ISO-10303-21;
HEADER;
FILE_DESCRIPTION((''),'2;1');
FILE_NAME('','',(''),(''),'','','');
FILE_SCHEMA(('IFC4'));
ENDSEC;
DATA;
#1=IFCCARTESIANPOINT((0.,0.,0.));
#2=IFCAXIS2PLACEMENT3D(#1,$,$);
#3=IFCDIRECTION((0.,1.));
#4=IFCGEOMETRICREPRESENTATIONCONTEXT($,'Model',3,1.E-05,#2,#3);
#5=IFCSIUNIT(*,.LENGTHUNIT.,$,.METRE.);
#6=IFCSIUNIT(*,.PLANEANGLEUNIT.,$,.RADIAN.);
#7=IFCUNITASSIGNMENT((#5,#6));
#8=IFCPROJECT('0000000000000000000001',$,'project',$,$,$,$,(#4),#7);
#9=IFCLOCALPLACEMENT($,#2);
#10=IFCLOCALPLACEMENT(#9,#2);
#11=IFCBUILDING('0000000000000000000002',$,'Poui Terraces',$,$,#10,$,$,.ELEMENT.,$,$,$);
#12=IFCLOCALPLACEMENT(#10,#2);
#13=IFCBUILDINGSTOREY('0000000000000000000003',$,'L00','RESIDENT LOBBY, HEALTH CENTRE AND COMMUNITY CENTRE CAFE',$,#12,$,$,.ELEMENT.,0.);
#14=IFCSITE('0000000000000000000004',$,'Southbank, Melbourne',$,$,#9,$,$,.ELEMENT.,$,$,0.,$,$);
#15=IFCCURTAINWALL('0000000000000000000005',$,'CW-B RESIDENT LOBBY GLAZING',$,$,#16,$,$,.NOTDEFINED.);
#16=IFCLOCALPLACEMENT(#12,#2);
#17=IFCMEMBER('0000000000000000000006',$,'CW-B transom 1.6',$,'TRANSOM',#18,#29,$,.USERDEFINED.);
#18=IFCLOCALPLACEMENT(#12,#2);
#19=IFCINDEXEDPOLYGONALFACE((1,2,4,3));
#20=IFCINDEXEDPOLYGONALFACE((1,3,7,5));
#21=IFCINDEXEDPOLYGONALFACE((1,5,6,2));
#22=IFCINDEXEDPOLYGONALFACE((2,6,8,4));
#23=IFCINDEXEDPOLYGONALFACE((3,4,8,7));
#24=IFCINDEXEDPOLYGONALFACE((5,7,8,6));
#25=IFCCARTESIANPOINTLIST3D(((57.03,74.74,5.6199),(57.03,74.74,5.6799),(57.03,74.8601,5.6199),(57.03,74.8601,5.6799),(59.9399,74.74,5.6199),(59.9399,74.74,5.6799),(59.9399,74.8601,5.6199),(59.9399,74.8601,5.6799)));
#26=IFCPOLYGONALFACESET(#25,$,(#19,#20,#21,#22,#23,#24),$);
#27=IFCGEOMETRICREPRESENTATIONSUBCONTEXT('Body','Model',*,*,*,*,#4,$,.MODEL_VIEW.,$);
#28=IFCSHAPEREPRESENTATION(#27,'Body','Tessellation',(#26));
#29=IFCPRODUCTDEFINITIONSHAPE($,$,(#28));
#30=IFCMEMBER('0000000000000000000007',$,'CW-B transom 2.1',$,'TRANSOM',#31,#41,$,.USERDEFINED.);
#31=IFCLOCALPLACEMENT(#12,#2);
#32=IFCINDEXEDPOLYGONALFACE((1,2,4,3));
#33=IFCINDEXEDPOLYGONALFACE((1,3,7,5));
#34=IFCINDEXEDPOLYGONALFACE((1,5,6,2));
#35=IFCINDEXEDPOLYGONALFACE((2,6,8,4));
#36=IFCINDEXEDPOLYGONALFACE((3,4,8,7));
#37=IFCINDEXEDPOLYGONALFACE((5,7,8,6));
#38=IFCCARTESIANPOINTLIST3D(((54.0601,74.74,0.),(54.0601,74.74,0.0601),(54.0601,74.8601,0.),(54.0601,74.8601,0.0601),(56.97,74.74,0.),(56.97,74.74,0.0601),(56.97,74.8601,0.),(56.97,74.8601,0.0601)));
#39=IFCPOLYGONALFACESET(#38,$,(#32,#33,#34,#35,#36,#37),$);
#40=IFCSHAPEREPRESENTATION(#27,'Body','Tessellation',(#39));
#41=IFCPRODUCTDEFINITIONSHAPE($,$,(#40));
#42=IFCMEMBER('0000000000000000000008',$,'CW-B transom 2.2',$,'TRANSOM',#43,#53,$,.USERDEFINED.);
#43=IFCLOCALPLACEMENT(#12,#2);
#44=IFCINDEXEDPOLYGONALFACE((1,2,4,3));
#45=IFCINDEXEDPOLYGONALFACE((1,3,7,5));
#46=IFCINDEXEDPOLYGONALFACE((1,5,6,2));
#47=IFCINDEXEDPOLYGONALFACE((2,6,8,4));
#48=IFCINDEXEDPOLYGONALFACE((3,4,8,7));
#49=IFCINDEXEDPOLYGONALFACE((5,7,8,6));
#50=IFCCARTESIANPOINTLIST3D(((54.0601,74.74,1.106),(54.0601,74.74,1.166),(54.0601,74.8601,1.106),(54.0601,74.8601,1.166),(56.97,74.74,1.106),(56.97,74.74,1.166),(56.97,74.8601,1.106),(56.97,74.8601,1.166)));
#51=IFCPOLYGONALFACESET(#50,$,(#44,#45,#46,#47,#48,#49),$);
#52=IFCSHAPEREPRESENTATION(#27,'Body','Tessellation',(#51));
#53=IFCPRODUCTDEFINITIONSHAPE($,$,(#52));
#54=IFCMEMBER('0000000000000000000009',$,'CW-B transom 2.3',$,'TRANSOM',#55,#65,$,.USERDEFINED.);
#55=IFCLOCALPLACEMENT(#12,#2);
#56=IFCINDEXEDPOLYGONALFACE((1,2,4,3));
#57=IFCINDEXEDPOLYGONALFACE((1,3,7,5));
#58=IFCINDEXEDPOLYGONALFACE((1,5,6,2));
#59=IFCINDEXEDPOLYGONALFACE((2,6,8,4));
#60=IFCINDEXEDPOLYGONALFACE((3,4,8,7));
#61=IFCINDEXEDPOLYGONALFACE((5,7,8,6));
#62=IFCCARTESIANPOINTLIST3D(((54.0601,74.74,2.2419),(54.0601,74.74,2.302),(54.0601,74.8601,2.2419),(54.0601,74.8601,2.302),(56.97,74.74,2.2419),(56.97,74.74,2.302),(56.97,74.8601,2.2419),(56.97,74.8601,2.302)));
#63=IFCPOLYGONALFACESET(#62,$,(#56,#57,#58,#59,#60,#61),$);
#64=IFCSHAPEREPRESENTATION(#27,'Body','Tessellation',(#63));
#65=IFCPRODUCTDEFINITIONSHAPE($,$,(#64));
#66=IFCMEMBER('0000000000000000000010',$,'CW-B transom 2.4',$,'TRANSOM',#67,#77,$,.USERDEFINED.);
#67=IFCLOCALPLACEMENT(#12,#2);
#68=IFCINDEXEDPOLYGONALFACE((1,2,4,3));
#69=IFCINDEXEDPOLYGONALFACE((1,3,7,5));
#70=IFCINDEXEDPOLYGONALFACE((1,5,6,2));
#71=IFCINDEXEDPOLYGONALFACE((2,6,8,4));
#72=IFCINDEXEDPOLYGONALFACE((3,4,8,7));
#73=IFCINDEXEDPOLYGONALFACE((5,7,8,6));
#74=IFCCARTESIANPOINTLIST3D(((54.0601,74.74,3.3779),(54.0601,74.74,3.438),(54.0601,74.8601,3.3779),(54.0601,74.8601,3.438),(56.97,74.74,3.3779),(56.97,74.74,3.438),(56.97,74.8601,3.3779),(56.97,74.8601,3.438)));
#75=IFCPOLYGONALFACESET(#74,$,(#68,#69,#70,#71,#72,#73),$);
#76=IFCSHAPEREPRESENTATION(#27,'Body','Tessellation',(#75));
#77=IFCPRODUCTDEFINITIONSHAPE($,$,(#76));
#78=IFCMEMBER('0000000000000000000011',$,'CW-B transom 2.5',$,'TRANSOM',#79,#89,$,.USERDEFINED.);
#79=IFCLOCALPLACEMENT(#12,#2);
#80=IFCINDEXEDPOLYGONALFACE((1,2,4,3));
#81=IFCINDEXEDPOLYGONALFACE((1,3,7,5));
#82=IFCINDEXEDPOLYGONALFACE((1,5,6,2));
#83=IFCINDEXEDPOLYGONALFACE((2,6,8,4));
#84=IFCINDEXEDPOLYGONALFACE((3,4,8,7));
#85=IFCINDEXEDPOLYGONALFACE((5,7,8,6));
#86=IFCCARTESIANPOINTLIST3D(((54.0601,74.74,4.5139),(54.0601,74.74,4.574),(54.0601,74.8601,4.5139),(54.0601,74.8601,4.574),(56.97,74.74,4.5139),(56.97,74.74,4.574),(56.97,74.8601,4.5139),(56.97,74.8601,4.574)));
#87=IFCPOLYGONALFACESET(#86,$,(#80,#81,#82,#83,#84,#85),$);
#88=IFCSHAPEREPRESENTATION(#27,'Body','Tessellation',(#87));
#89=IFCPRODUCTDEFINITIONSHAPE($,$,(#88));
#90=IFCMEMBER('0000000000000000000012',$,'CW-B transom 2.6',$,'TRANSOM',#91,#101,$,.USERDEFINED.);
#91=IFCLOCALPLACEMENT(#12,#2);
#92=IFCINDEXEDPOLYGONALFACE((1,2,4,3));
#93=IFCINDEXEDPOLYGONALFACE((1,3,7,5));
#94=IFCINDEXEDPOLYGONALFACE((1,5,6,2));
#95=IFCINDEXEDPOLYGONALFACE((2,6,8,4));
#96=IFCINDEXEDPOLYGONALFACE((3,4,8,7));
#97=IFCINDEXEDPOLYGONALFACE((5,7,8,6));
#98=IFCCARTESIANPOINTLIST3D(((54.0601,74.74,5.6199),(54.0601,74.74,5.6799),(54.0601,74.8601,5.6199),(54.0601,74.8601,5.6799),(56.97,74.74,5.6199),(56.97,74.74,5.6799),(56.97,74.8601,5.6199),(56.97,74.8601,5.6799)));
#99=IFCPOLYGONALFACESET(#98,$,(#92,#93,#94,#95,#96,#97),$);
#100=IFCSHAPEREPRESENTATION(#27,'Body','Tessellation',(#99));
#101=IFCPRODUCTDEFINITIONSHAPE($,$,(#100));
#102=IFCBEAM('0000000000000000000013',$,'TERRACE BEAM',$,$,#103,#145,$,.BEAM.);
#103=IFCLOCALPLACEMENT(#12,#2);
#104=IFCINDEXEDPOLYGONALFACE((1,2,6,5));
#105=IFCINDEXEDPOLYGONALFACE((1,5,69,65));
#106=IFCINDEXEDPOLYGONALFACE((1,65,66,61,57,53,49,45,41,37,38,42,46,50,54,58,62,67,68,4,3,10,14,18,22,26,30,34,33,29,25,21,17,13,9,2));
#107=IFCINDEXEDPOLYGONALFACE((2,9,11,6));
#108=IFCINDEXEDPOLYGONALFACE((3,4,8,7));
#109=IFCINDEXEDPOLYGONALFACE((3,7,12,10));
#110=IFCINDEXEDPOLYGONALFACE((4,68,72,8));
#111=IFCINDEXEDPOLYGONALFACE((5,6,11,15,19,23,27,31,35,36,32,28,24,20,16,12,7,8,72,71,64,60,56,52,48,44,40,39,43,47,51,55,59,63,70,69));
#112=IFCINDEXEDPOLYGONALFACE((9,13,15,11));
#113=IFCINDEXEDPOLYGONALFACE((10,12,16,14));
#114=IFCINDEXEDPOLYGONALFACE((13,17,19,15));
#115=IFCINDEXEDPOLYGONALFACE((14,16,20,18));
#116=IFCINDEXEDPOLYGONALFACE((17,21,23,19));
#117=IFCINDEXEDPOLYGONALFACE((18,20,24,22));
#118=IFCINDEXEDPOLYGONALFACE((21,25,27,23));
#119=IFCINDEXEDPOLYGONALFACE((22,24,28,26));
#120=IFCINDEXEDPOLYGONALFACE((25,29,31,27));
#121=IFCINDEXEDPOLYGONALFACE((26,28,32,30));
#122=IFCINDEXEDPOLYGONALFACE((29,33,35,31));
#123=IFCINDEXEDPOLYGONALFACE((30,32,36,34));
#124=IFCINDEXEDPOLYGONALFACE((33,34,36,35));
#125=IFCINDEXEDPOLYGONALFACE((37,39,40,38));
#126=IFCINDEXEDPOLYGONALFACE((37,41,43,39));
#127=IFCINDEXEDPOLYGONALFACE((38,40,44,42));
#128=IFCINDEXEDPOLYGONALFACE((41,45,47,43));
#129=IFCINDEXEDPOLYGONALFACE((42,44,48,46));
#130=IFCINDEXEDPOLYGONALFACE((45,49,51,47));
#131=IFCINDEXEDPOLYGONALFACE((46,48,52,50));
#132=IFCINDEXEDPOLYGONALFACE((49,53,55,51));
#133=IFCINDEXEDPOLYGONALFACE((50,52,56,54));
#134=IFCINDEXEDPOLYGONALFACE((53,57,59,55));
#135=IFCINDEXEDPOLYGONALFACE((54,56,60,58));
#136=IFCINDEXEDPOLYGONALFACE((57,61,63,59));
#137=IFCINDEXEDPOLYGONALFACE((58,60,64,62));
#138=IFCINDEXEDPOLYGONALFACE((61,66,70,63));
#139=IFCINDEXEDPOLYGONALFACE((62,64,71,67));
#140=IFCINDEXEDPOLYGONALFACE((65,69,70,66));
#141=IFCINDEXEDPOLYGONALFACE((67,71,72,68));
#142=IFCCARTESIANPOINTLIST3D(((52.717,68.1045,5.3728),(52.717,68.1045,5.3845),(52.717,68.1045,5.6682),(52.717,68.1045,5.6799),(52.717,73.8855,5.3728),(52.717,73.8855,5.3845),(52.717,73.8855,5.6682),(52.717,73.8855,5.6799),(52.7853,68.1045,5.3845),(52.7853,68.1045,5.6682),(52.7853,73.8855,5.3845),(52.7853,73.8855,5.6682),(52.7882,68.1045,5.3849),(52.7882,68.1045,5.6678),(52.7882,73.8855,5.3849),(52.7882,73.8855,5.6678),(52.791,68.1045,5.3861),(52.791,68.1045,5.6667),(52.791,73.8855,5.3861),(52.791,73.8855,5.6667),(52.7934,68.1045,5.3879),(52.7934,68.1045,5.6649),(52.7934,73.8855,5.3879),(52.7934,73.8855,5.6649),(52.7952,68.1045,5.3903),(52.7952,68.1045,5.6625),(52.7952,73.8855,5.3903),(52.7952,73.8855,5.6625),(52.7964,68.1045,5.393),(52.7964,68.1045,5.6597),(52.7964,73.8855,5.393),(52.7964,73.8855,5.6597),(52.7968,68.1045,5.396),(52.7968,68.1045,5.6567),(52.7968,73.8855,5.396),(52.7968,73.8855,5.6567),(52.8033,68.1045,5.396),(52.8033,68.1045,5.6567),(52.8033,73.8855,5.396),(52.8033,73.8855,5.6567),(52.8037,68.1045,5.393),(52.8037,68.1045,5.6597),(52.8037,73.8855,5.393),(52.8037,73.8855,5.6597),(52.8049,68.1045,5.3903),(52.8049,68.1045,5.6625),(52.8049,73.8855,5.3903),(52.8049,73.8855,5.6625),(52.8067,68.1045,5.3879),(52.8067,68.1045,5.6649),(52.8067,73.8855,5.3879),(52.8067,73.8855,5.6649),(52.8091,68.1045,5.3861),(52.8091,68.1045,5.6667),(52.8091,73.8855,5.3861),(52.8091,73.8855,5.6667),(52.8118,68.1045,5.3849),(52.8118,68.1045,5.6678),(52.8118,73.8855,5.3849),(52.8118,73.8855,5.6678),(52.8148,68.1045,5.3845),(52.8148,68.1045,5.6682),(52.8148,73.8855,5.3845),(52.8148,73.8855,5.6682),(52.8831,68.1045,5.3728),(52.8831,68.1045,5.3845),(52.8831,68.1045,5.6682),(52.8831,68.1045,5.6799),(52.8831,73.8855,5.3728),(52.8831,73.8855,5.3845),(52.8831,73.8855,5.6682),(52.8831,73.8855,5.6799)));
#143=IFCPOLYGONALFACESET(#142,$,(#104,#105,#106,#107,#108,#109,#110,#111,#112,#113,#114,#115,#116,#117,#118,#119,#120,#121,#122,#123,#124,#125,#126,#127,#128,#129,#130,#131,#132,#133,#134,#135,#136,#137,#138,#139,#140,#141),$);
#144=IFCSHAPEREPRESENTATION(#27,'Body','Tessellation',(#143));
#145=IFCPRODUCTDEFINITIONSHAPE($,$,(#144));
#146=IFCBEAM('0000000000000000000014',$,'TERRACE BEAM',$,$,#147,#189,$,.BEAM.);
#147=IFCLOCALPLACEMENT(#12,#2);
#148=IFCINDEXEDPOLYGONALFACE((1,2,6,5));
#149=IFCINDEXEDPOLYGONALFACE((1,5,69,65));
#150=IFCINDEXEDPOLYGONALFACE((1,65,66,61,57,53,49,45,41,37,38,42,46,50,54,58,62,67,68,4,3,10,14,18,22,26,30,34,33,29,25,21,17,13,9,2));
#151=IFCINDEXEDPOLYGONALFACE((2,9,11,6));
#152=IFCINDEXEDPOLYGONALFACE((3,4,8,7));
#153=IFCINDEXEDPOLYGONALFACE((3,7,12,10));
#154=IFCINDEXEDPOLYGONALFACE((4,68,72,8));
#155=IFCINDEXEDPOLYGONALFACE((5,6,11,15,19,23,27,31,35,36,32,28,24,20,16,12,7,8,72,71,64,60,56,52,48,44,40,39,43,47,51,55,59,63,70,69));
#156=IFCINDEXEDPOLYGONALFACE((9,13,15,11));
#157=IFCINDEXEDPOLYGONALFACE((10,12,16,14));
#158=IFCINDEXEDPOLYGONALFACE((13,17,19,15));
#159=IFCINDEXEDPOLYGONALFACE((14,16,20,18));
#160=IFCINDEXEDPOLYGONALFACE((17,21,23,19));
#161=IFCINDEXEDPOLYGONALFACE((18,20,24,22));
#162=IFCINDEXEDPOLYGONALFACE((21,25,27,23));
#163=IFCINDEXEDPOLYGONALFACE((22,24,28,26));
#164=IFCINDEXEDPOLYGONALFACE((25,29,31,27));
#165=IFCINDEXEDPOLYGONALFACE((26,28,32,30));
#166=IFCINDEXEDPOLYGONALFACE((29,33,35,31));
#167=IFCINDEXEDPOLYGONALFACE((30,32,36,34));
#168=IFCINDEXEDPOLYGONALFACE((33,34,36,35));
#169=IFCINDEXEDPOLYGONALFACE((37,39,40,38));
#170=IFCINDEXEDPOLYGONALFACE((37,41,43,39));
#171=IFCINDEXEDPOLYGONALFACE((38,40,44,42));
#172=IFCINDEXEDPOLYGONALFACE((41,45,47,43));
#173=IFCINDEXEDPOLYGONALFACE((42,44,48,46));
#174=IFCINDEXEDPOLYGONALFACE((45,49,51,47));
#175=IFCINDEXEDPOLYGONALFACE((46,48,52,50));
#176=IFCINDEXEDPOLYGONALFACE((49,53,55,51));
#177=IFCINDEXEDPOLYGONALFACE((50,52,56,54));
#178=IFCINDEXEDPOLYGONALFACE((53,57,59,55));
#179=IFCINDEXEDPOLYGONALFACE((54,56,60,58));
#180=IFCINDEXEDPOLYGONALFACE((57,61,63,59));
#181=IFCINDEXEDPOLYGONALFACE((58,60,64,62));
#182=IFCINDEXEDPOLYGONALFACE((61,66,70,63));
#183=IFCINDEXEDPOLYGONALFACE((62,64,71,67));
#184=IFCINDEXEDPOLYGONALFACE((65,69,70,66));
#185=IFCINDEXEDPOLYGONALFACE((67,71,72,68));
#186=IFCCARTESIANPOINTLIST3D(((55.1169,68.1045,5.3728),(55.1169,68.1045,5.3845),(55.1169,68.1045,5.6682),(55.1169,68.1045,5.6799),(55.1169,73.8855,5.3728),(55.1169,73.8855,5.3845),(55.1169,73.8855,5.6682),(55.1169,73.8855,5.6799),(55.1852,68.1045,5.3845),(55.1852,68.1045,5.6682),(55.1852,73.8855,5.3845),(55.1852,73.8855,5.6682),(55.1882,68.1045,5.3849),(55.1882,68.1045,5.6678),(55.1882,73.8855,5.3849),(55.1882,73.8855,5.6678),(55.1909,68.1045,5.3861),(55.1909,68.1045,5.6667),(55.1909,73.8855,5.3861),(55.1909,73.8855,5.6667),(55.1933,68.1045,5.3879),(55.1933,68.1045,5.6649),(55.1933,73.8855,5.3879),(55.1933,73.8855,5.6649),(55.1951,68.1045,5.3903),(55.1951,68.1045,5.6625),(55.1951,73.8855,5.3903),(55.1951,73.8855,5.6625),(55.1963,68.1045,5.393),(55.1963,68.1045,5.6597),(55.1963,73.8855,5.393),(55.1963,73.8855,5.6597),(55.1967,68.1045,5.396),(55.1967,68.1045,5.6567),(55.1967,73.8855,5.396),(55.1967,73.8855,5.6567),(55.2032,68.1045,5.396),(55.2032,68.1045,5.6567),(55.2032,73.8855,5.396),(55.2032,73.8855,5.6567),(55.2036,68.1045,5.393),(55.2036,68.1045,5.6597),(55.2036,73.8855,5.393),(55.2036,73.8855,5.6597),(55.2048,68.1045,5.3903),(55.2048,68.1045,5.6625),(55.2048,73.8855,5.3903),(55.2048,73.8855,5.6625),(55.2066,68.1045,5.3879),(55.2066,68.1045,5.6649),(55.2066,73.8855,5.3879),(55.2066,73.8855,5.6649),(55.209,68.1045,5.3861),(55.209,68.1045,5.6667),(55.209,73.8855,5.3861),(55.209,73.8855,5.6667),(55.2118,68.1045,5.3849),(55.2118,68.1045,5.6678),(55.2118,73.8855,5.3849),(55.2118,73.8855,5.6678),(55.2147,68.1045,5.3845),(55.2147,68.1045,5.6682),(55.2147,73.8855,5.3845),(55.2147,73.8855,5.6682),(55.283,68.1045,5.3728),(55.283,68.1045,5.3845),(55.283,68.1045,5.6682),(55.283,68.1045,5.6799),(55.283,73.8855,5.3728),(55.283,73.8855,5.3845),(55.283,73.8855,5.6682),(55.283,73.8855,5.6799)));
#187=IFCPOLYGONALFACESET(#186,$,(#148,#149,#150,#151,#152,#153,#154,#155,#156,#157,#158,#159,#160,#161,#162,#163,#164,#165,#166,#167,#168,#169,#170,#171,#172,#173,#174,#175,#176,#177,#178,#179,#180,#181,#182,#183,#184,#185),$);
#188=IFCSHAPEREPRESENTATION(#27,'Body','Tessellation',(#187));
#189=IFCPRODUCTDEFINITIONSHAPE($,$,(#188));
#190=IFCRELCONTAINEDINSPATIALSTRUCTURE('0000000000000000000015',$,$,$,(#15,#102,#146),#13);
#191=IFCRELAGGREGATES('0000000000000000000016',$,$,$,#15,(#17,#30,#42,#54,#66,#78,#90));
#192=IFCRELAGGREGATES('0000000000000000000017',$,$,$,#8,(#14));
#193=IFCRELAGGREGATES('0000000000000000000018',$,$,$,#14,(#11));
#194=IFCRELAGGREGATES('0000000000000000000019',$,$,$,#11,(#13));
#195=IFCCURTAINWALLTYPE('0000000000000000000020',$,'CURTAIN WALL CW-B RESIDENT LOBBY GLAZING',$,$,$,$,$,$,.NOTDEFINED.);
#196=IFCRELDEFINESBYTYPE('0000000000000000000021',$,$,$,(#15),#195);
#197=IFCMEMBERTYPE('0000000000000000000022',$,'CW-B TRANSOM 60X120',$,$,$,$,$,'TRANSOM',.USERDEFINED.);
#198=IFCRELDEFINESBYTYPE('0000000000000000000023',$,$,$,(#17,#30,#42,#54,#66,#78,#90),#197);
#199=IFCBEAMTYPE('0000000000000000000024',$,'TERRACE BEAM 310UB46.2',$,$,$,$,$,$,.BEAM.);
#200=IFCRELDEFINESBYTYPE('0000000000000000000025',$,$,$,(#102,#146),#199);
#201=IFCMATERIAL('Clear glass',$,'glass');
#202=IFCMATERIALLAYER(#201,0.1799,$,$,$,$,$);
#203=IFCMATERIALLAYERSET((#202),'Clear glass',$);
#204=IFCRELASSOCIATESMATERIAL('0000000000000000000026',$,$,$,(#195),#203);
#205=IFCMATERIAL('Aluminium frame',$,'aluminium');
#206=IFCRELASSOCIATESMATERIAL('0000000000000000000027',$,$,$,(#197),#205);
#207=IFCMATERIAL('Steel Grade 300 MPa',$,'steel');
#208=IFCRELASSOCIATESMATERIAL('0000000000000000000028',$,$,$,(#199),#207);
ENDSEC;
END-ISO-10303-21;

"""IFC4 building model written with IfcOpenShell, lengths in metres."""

from ifc_helpers import new_model, si_unit, direction, frame, origin, origin_2d, place, context, subcontext, project, spatial, rectangle, i_section, extrude, source, transform, mapped, material, layer, layer_set, material_profile, profile_set, type_object, element, aggregate, save


model = new_model("IFC4")

# Units and contexts
model_context = context("Model", 3, precision=1e-05, world=origin(), true_north=direction((0.0, 1.0)))
body_context = subcontext(model_context, "Body", "Model", "MODEL_VIEW")
ifc_project = project(units=[si_unit("LENGTHUNIT", "METRE"), si_unit("PLANEANGLEUNIT", "RADIAN")], contexts=[model_context])

# Site, building, storey
site_placement = place(None, origin())
site = spatial("IfcSite", under=ifc_project, at=site_placement, Name="Southbank, Melbourne", CompositionType="ELEMENT", RefElevation=0.0)
building_placement = place(site_placement, origin())
building = spatial("IfcBuilding", under=site, at=building_placement, Name="Poui Terraces", CompositionType="ELEMENT")
storey_placement = place(building_placement, origin())
storey = spatial("IfcBuildingStorey", under=building, at=storey_placement, Name="L00", Description="RESIDENT LOBBY, HEALTH CENTRE AND COMMUNITY CENTRE CAFE", CompositionType="ELEMENT", Elevation=0.0)

# Shared definitions
ifc_material_1 = material(Name="Clear glass", Category="glass")
ifc_layer_1 = layer(ifc_material_1, 0.1799)
ifc_layer_set_1 = layer_set([ifc_layer_1], Name="Clear glass")
curtain_wall_type = type_object("IfcCurtainWallType", Name="CURTAIN WALL CW-B RESIDENT LOBBY GLAZING", PredefinedType="NOTDEFINED", material=ifc_layer_set_1)
ifc_material_2 = material(Name="Aluminium frame", Category="aluminium")

# Curtain wall
curtain_wall_1_placement = place(storey_placement, origin())
curtain_wall_1 = element("IfcCurtainWall", 1, at=curtain_wall_1_placement, inside=storey, type_object=curtain_wall_type, Name="CW-B RESIDENT LOBBY GLAZING", PredefinedType="NOTDEFINED")

# Members
ifc_material_profile_1 = material_profile(ifc_material_2, rectangle(XDim=0.1201, YDim=0.0601, at=origin_2d()), Name="CW-B TRANSOM 60X120")
ifc_profile_set_1 = profile_set([ifc_material_profile_1], Name="Aluminium frame")
member_type_1 = type_object("IfcMemberType", Name="CW-B TRANSOM 60X120", ElementType="TRANSOM", PredefinedType="USERDEFINED", material=ifc_profile_set_1)
member_1_placement = place(storey_placement, frame((59.9399, 74.8, 5.6499), z_axis=(-1.0, 0.0, 0.0), x_axis=(0.0, -1.0, 0.0)))
member_1 = element("IfcMember", 2, at=member_1_placement, type_object=member_type_1, Name="CW-B transom 1.6", ObjectType="TRANSOM", PredefinedType="USERDEFINED", context=body_context, shape_type="SweptSolid", body=[
    extrude(rectangle(XDim=0.1201, YDim=0.0601, at=origin_2d()), origin(), (0.0, 0.0, 1.0), 2.9099),
])
member_2_placement = place(storey_placement, frame((56.97, 74.8, 0.03), z_axis=(-1.0, 0.0, 0.0), x_axis=(0.0, -1.0, 0.0)))
member_2 = element("IfcMember", 3, at=member_2_placement, type_object=member_type_1, Name="CW-B transom 2.1", ObjectType="TRANSOM", PredefinedType="USERDEFINED", context=body_context, shape_type="SweptSolid", body=[
    extrude(rectangle(XDim=0.1201, YDim=0.0601, at=origin_2d()), origin(), (0.0, 0.0, 1.0), 2.9099),
])
member_3_placement = place(storey_placement, frame((56.97, 74.8, 1.136), z_axis=(-1.0, 0.0, 0.0), x_axis=(0.0, -1.0, 0.0)))
member_3 = element("IfcMember", 4, at=member_3_placement, type_object=member_type_1, Name="CW-B transom 2.2", ObjectType="TRANSOM", PredefinedType="USERDEFINED", context=body_context, shape_type="SweptSolid", body=[
    extrude(rectangle(XDim=0.1201, YDim=0.0601, at=origin_2d()), origin(), (0.0, 0.0, 1.0), 2.9099),
])
member_4_placement = place(storey_placement, frame((56.97, 74.8, 2.272), z_axis=(-1.0, 0.0, 0.0), x_axis=(0.0, -1.0, 0.0)))
member_4 = element("IfcMember", 5, at=member_4_placement, type_object=member_type_1, Name="CW-B transom 2.3", ObjectType="TRANSOM", PredefinedType="USERDEFINED", context=body_context, shape_type="SweptSolid", body=[
    extrude(rectangle(XDim=0.1201, YDim=0.0601, at=origin_2d()), origin(), (0.0, 0.0, 1.0), 2.9099),
])
member_5_placement = place(storey_placement, frame((56.97, 74.8, 3.408), z_axis=(-1.0, 0.0, 0.0), x_axis=(0.0, -1.0, 0.0)))
member_5 = element("IfcMember", 6, at=member_5_placement, type_object=member_type_1, Name="CW-B transom 2.4", ObjectType="TRANSOM", PredefinedType="USERDEFINED", context=body_context, shape_type="SweptSolid", body=[
    extrude(rectangle(XDim=0.1201, YDim=0.0601, at=origin_2d()), origin(), (0.0, 0.0, 1.0), 2.9099),
])
member_6_placement = place(storey_placement, frame((56.97, 74.8, 4.5439), z_axis=(-1.0, 0.0, 0.0), x_axis=(0.0, -1.0, 0.0)))
member_6 = element("IfcMember", 7, at=member_6_placement, type_object=member_type_1, Name="CW-B transom 2.5", ObjectType="TRANSOM", PredefinedType="USERDEFINED", context=body_context, shape_type="SweptSolid", body=[
    extrude(rectangle(XDim=0.1201, YDim=0.0601, at=origin_2d()), origin(), (0.0, 0.0, 1.0), 2.9099),
])
member_7_placement = place(storey_placement, frame((56.97, 74.8, 5.6499), z_axis=(-1.0, 0.0, 0.0), x_axis=(0.0, -1.0, 0.0)))
member_7 = element("IfcMember", 8, at=member_7_placement, type_object=member_type_1, Name="CW-B transom 2.6", ObjectType="TRANSOM", PredefinedType="USERDEFINED", context=body_context, shape_type="SweptSolid", body=[
    extrude(rectangle(XDim=0.1201, YDim=0.0601, at=origin_2d()), origin(), (0.0, 0.0, 1.0), 2.9099),
])

# Beams
ifc_material_3 = material(Name="Steel Grade 300 MPa", Category="steel")
ifc_material_profile_2 = material_profile(ifc_material_3, i_section(OverallWidth=0.166, OverallDepth=0.3071, WebThickness=0.0066, FlangeThickness=0.0117, FilletRadius=0.0115, at=origin_2d()), Name="310UB46.2")
ifc_profile_set_2 = profile_set([ifc_material_profile_2], Name="Steel Grade 300 MPa")
beam_type = type_object("IfcBeamType", Name="TERRACE BEAM 310UB46.2", PredefinedType="BEAM", material=ifc_profile_set_2)
shared_shape = source(origin(), body_context, "Body", "SweptSolid", [
    extrude(i_section(OverallWidth=0.166, OverallDepth=0.3071, WebThickness=0.0066, FlangeThickness=0.0117, FilletRadius=0.0115, at=origin_2d()), origin(), (0.0, 0.0, 1.0), 5.781),
])
for number, where, z_axis, x_axis, name in (
    (9, (52.8, 68.1045, 5.5264), (0.0, 1.0, 0.0), (-1.0, 0.0, 0.0), "TERRACE BEAM"),
    (10, (55.2, 68.1045, 5.5264), (0.0, 1.0, 0.0), (-1.0, 0.0, 0.0), "TERRACE BEAM"),
):
    element("IfcBeam", number, at=place(storey_placement, frame(where, z_axis=z_axis, x_axis=x_axis)), inside=storey, type_object=beam_type, Name=name, PredefinedType="BEAM", context=body_context, shape_type="MappedRepresentation", body=[
        mapped(shared_shape, transform((0.0, 0.0, 0.0))),
    ])

aggregate(curtain_wall_1, [member_1, member_2, member_3, member_4, member_5, member_6, member_7])

save(model, "model.ifc")
